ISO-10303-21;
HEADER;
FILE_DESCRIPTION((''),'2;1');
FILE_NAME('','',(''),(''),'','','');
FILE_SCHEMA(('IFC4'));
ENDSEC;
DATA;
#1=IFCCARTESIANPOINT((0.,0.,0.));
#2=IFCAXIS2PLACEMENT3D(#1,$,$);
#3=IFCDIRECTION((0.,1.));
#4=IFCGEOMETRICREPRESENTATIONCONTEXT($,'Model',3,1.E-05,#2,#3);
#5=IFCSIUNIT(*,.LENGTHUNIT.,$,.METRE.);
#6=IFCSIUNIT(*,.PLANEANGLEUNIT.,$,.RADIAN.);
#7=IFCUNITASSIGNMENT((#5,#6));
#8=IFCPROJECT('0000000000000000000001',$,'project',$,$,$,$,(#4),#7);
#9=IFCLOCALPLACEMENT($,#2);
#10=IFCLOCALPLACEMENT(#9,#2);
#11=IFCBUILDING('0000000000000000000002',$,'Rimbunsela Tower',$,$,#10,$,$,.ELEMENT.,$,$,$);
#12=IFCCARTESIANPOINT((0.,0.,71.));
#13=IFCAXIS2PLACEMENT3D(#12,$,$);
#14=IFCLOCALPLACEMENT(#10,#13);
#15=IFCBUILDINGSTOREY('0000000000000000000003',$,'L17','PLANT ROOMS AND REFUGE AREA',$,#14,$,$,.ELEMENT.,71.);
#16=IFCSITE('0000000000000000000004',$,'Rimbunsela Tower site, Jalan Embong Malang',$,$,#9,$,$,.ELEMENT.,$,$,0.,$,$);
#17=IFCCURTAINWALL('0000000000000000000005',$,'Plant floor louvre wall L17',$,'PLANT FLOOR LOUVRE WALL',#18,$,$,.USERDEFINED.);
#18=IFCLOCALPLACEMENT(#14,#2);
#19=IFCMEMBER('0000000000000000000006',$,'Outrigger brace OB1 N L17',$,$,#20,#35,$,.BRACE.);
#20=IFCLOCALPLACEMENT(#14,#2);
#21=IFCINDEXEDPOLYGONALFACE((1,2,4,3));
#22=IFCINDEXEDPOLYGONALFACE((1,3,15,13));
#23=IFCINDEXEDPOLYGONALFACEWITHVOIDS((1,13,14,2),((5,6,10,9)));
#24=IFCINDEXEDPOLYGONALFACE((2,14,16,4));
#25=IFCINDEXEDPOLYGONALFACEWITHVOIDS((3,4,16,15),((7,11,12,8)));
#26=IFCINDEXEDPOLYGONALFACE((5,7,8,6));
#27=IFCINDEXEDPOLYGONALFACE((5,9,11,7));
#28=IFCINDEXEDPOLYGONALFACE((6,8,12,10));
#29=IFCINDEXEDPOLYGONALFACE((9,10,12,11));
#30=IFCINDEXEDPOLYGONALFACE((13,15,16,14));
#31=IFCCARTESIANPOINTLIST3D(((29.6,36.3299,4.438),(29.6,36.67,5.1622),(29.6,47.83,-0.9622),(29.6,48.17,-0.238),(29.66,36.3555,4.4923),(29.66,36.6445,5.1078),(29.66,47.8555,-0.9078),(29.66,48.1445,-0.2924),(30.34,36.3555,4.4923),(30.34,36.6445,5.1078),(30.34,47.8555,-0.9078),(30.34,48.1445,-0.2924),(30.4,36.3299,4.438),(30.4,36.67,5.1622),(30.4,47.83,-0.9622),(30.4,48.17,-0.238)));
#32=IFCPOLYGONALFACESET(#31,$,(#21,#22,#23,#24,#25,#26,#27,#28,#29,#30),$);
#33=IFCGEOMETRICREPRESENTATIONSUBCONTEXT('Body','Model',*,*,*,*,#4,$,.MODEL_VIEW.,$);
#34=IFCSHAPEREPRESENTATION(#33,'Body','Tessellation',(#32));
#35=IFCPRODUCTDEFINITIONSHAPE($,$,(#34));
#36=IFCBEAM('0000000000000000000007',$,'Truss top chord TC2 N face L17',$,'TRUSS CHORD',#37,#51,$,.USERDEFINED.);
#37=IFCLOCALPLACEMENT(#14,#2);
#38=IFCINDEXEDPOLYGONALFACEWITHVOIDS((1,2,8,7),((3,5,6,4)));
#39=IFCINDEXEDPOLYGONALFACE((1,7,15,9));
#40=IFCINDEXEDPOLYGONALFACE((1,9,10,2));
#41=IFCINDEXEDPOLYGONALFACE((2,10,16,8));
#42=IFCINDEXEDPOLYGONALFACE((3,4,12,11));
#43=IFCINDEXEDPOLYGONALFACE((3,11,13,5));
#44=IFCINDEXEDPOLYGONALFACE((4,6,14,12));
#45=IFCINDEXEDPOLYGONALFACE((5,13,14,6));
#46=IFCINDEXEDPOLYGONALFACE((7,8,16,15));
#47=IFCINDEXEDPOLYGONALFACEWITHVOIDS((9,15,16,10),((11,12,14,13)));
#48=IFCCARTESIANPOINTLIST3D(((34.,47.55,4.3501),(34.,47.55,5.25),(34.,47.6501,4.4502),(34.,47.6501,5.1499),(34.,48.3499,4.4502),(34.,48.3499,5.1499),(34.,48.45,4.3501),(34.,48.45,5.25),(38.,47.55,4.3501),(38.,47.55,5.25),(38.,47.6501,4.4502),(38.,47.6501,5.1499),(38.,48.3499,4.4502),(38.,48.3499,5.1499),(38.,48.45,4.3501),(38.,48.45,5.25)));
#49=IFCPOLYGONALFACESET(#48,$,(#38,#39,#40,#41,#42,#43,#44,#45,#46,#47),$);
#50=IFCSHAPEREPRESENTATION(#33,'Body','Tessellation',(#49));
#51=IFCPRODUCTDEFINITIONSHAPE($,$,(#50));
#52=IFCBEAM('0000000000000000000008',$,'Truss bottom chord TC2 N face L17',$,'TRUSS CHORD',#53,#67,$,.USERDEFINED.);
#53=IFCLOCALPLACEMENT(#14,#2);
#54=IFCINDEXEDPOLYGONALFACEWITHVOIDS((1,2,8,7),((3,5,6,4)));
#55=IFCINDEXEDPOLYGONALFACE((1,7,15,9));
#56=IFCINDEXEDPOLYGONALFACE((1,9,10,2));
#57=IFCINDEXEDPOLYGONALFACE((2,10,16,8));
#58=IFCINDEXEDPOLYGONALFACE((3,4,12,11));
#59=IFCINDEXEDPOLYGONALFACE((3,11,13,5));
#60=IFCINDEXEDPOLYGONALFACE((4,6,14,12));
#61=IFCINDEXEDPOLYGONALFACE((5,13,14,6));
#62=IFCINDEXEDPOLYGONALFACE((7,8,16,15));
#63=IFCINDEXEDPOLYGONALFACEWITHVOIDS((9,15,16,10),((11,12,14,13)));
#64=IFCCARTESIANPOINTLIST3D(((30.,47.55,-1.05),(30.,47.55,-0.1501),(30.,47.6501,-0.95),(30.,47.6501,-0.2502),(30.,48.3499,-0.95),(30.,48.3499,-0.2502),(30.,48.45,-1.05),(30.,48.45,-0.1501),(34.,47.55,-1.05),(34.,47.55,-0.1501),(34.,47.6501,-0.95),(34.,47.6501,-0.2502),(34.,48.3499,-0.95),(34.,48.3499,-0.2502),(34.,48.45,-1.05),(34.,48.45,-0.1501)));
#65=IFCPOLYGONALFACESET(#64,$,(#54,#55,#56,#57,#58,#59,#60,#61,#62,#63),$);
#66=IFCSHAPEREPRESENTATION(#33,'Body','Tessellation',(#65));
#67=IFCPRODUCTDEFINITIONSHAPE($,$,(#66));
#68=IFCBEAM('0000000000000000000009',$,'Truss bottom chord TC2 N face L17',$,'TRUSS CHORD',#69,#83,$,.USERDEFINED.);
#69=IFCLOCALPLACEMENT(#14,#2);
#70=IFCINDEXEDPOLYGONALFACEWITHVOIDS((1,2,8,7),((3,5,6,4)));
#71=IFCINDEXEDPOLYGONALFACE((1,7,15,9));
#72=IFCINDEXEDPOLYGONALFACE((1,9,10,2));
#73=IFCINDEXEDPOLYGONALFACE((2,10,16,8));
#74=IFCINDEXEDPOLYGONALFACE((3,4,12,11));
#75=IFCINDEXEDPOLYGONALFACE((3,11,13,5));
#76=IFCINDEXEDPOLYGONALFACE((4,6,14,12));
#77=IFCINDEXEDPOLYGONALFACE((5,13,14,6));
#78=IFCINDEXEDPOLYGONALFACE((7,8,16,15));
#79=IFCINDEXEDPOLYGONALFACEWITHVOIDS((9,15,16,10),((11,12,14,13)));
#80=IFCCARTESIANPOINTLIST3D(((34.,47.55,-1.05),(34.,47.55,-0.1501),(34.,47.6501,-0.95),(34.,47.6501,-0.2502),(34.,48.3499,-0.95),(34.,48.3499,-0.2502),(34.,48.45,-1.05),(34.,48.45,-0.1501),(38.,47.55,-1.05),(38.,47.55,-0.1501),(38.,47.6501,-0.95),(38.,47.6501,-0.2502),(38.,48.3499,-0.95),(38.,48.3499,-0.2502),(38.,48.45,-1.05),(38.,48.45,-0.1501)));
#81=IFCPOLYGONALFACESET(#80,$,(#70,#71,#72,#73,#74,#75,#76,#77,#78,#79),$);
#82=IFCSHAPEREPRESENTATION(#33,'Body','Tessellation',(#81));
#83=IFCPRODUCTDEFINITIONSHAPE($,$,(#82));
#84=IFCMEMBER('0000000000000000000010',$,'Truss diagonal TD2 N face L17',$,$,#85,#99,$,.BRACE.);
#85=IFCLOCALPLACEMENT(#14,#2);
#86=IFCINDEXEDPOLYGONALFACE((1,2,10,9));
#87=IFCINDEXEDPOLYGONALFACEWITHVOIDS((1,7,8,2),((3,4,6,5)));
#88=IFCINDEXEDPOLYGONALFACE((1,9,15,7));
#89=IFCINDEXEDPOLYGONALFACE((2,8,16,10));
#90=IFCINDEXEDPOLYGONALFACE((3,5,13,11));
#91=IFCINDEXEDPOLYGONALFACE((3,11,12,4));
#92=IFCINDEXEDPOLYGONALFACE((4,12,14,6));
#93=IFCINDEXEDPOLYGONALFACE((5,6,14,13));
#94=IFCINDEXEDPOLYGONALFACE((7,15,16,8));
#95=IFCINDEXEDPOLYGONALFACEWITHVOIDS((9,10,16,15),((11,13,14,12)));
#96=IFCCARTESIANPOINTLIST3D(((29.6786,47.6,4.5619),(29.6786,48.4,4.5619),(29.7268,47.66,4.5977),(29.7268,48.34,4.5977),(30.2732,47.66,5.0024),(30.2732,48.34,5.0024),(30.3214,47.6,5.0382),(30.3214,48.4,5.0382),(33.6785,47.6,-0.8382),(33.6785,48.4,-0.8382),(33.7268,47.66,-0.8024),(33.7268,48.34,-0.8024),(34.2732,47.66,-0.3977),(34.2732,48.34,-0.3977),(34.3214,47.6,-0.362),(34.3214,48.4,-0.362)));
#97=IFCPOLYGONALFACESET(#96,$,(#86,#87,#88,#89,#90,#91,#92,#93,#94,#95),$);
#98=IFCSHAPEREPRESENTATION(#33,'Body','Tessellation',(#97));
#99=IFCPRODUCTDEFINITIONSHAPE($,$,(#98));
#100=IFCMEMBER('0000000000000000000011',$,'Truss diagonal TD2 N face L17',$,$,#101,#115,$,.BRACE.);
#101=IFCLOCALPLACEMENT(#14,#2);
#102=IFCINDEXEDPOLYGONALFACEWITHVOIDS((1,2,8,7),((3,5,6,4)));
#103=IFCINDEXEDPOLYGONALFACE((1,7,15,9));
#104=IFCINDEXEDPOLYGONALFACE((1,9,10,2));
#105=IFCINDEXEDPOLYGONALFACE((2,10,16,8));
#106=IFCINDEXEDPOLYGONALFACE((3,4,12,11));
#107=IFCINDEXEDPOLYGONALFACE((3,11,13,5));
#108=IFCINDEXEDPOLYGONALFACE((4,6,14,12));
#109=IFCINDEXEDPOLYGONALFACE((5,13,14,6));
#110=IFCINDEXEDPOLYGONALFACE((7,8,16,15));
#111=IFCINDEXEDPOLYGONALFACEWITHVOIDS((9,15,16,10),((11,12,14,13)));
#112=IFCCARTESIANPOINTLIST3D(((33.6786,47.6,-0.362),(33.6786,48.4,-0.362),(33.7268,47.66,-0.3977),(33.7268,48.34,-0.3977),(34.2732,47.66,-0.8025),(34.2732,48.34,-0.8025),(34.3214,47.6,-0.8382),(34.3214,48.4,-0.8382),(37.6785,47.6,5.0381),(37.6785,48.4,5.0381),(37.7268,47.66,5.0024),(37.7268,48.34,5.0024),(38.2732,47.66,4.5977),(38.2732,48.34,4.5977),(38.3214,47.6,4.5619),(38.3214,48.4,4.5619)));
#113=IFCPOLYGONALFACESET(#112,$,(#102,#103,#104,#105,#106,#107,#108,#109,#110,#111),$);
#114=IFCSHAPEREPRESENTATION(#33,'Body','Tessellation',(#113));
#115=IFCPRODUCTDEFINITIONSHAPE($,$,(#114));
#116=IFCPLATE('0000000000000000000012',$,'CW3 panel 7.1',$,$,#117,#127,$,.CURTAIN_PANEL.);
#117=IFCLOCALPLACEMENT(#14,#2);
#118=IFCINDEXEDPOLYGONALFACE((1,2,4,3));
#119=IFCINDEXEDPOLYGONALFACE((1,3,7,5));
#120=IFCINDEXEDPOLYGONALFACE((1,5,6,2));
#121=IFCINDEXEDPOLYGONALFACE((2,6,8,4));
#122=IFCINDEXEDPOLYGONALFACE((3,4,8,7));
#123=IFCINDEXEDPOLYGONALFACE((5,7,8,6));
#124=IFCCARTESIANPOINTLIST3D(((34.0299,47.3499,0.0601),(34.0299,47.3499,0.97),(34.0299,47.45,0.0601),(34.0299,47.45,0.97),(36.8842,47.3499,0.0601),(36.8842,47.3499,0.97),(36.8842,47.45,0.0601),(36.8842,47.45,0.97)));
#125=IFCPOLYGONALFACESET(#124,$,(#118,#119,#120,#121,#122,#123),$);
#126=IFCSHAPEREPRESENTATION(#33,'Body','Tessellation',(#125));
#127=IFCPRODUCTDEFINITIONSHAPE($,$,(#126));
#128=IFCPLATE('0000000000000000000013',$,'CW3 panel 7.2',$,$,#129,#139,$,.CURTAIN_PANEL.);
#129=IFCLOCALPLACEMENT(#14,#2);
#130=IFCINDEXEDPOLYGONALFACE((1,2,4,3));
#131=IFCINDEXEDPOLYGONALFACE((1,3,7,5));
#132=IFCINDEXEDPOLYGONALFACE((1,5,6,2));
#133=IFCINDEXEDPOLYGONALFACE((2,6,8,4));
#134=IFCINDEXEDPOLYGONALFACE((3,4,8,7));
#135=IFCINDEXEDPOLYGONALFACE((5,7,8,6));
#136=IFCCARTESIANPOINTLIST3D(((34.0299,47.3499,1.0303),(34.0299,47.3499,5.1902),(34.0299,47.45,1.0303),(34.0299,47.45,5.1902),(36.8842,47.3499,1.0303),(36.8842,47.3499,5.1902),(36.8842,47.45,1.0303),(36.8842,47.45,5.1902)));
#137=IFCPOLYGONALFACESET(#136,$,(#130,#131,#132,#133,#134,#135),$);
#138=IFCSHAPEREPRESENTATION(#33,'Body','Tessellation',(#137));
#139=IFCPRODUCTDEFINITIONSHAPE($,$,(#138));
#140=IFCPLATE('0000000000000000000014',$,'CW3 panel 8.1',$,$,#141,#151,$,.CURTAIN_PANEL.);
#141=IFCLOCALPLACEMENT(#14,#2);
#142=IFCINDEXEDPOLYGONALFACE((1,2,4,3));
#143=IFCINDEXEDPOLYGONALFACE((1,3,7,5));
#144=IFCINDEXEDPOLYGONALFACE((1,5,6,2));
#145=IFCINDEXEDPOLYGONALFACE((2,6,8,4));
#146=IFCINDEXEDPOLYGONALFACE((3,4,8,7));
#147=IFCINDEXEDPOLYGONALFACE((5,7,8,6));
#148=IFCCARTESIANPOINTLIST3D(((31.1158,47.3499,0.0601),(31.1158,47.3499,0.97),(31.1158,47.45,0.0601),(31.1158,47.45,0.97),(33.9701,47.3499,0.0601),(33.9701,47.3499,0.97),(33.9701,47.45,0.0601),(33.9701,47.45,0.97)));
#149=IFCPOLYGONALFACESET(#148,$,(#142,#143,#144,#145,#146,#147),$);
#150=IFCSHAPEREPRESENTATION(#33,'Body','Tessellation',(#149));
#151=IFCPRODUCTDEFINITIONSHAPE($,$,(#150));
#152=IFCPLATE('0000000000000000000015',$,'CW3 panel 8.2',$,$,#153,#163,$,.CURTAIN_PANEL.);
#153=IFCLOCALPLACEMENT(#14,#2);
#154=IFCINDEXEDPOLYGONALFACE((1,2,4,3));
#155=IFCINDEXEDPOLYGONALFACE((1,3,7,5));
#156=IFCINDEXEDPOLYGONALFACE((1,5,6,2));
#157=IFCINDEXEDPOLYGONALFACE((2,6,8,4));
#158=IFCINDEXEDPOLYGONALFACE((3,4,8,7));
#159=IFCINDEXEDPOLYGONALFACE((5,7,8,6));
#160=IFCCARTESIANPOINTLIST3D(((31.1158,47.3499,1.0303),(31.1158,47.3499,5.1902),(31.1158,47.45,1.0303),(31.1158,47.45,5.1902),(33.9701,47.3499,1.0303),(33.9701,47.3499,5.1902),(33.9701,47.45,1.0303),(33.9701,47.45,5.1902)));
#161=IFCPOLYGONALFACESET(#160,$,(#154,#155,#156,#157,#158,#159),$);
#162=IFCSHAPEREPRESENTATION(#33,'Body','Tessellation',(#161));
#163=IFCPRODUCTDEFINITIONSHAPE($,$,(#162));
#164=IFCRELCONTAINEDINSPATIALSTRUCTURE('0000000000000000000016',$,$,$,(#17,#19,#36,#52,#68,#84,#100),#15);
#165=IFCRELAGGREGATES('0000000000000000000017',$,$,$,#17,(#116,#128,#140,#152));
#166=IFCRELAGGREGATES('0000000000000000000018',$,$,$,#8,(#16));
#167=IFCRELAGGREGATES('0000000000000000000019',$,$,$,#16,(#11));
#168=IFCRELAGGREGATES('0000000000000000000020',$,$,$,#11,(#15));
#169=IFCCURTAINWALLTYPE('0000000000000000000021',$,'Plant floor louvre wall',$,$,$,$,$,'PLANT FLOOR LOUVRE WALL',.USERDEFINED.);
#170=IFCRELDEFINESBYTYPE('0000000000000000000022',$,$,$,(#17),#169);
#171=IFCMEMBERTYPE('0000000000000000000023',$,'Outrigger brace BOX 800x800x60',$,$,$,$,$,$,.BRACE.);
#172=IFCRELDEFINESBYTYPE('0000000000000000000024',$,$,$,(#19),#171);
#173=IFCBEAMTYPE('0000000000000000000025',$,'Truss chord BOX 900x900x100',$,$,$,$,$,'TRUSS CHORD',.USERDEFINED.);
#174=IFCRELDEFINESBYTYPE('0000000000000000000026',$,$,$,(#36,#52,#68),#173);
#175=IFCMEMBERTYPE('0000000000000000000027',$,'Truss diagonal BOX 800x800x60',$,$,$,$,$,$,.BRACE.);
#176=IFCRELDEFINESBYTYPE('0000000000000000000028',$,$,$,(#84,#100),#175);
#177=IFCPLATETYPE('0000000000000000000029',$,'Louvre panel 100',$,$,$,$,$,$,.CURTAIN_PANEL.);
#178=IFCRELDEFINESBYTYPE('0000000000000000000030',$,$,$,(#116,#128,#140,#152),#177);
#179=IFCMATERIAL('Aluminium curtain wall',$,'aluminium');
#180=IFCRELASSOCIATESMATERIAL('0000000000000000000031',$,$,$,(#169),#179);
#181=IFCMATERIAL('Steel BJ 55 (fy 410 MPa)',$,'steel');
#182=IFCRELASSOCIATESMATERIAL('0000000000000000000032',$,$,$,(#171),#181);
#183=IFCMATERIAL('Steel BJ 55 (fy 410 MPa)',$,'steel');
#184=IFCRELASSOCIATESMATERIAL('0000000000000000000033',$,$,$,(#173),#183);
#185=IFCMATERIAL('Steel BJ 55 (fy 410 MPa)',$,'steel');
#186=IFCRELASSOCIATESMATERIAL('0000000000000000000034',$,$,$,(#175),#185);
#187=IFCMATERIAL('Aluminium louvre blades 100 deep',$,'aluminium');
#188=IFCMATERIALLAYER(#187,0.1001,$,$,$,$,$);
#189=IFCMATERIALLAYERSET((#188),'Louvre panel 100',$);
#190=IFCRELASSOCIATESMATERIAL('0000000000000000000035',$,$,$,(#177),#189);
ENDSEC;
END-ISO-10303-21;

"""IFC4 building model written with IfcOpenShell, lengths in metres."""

from ifc_helpers import new_model, si_unit, direction, frame, origin, origin_2d, place, context, subcontext, project, spatial, rectangle, hollow_rectangle, extrude, material, layer, layer_set, material_profile, profile_set, type_object, element, aggregate, save


model = new_model("IFC4")

# Units and contexts
model_context = context("Model", 3, precision=1e-05, world=origin(), true_north=direction((0.0, 1.0)))
body_context = subcontext(model_context, "Body", "Model", "MODEL_VIEW")
ifc_project = project(units=[si_unit("LENGTHUNIT", "METRE"), si_unit("PLANEANGLEUNIT", "RADIAN")], contexts=[model_context])

# Site, building, storey
site_placement = place(None, origin())
site = spatial("IfcSite", under=ifc_project, at=site_placement, Name="Rimbunsela Tower site, Jalan Embong Malang", CompositionType="ELEMENT", RefElevation=0.0)
building_placement = place(site_placement, origin())
building = spatial("IfcBuilding", under=site, at=building_placement, Name="Rimbunsela Tower", CompositionType="ELEMENT")
storey_placement = place(building_placement, frame((0.0, 0.0, 71.0)))
storey = spatial("IfcBuildingStorey", under=building, at=storey_placement, Name="L17", Description="PLANT ROOMS AND REFUGE AREA", CompositionType="ELEMENT", Elevation=71.0)

# Curtain wall
ifc_material_1 = material(Name="Aluminium curtain wall", Category="aluminium")
curtain_wall_type = type_object("IfcCurtainWallType", Name="Plant floor louvre wall", ElementType="PLANT FLOOR LOUVRE WALL", PredefinedType="USERDEFINED", material=ifc_material_1)
curtain_wall_placement = place(storey_placement, origin())
curtain_wall = element("IfcCurtainWall", 1, at=curtain_wall_placement, inside=storey, type_object=curtain_wall_type, Name="Plant floor louvre wall L17", ObjectType="PLANT FLOOR LOUVRE WALL", PredefinedType="USERDEFINED")

# Member
ifc_material_2 = material(Name="Steel BJ 55 (fy 410 MPa)", Category="steel")
ifc_material_profile_1 = material_profile(ifc_material_2, hollow_rectangle(XDim=0.8, YDim=0.8, WallThickness=0.0601, at=origin_2d()), Name="BOX 800x800x60")
ifc_profile_set_1 = profile_set([ifc_material_profile_1], Name="Steel BJ 55 (fy 410 MPa)")
member_type_1 = type_object("IfcMemberType", Name="Outrigger brace BOX 800x800x60", PredefinedType="BRACE", material=ifc_profile_set_1)
member_1_placement = place(storey_placement, frame((30.0, 48.0, -0.6001), z_axis=(0.0, -0.905171, 0.425048), x_axis=(1.0, 0.0, 0.0)))
element("IfcMember", 2, at=member_1_placement, inside=storey, type_object=member_type_1, Name="Outrigger brace OB1 N L17", PredefinedType="BRACE", context=body_context, shape_type="SweptSolid", body=[
    extrude(hollow_rectangle(XDim=0.8, YDim=0.8, WallThickness=0.0601, at=origin_2d()), origin(), (0.0, 0.0, 1.0), 12.7048),
])

# Beams
ifc_material_3 = material(Name="Steel BJ 55 (fy 410 MPa)", Category="steel")
ifc_material_profile_2 = material_profile(ifc_material_3, hollow_rectangle(XDim=0.8999, YDim=0.8999, WallThickness=0.1001, at=origin_2d()), Name="BOX 900x900x100")
ifc_profile_set_2 = profile_set([ifc_material_profile_2], Name="Steel BJ 55 (fy 410 MPa)")
beam_type = type_object("IfcBeamType", Name="Truss chord BOX 900x900x100", ElementType="TRUSS CHORD", PredefinedType="USERDEFINED", material=ifc_profile_set_2)
for number, where, z_axis, x_axis, name in (
    (3, (34.0, 48.0, 4.8), (1.0, 0.0, 0.0), (0.0, 1.0, 0.0), "Truss top chord TC2 N face L17"),
    (4, (30.0, 48.0, -0.6001), (1.0, 0.0, 0.0), (0.0, 1.0, 0.0), "Truss bottom chord TC2 N face L17"),
    (5, (34.0, 48.0, -0.6001), (1.0, 0.0, 0.0), (0.0, 1.0, 0.0), "Truss bottom chord TC2 N face L17"),
):
    element("IfcBeam", number, at=place(storey_placement, frame(where, z_axis=z_axis, x_axis=x_axis)), inside=storey, type_object=beam_type, Name=name, ObjectType="TRUSS CHORD", PredefinedType="USERDEFINED", context=body_context, shape_type="SweptSolid", body=[
        extrude(hollow_rectangle(XDim=0.8999, YDim=0.8999, WallThickness=0.1001, at=origin_2d()), origin(), (0.0, 0.0, 1.0), 4.0),
    ])

# Members
ifc_material_4 = material(Name="Steel BJ 55 (fy 410 MPa)", Category="steel")
ifc_material_profile_3 = material_profile(ifc_material_4, hollow_rectangle(XDim=0.8, YDim=0.8, WallThickness=0.0601, at=origin_2d()), Name="BOX 800x800x60")
ifc_profile_set_3 = profile_set([ifc_material_profile_3], Name="Steel BJ 55 (fy 410 MPa)")
member_type_2 = type_object("IfcMemberType", Name="Truss diagonal BOX 800x800x60", PredefinedType="BRACE", material=ifc_profile_set_3)
for number, where, z_axis, x_axis, name in (
    (6, (30.0, 48.0, 4.8), (0.595217, 0.0, -0.803565), (0.0, 1.0, 0.0), "Truss diagonal TD2 N face L17"),
    (7, (34.0, 48.0, -0.6001), (0.595217, 0.0, 0.803565), (0.0, 1.0, 0.0), "Truss diagonal TD2 N face L17"),
):
    element("IfcMember", number, at=place(storey_placement, frame(where, z_axis=z_axis, x_axis=x_axis)), inside=storey, type_object=member_type_2, Name=name, PredefinedType="BRACE", context=body_context, shape_type="SweptSolid", body=[
        extrude(hollow_rectangle(XDim=0.8, YDim=0.8, WallThickness=0.0601, at=origin_2d()), origin(), (0.0, 0.0, 1.0), 6.7202),
    ])

# Plates
ifc_material_5 = material(Name="Aluminium louvre blades 100 deep", Category="aluminium")
ifc_layer = layer(ifc_material_5, 0.1001)
ifc_layer_set = layer_set([ifc_layer], Name="Louvre panel 100")
plate_type = type_object("IfcPlateType", Name="Louvre panel 100", PredefinedType="CURTAIN_PANEL", material=ifc_layer_set)
plate_1_placement = place(storey_placement, frame((35.457, 47.3999, 0.0601), z_axis=(0.0, 0.0, 1.0), x_axis=(-1.0, 0.0, 0.0)))
plate_1 = element("IfcPlate", 8, at=plate_1_placement, type_object=plate_type, Name="CW3 panel 7.1", PredefinedType="CURTAIN_PANEL", context=body_context, shape_type="SweptSolid", body=[
    extrude(rectangle(XDim=2.8542, YDim=0.1001, at=origin_2d()), origin(), (0.0, 0.0, 1.0), 0.9099),
])
plate_2_placement = place(storey_placement, frame((35.457, 47.3999, 1.0303), z_axis=(0.0, 0.0, 1.0), x_axis=(-1.0, 0.0, 0.0)))
plate_2 = element("IfcPlate", 9, at=plate_2_placement, type_object=plate_type, Name="CW3 panel 7.2", PredefinedType="CURTAIN_PANEL", context=body_context, shape_type="SweptSolid", body=[
    extrude(rectangle(XDim=2.8542, YDim=0.1001, at=origin_2d()), origin(), (0.0, 0.0, 1.0), 4.1599),
])
plate_3_placement = place(storey_placement, frame((32.543, 47.3999, 0.0601), z_axis=(0.0, 0.0, 1.0), x_axis=(-1.0, 0.0, 0.0)))
plate_3 = element("IfcPlate", 10, at=plate_3_placement, type_object=plate_type, Name="CW3 panel 8.1", PredefinedType="CURTAIN_PANEL", context=body_context, shape_type="SweptSolid", body=[
    extrude(rectangle(XDim=2.8542, YDim=0.1001, at=origin_2d()), origin(), (0.0, 0.0, 1.0), 0.9099),
])
plate_4_placement = place(storey_placement, frame((32.543, 47.3999, 1.0303), z_axis=(0.0, 0.0, 1.0), x_axis=(-1.0, 0.0, 0.0)))
plate_4 = element("IfcPlate", 11, at=plate_4_placement, type_object=plate_type, Name="CW3 panel 8.2", PredefinedType="CURTAIN_PANEL", context=body_context, shape_type="SweptSolid", body=[
    extrude(rectangle(XDim=2.8542, YDim=0.1001, at=origin_2d()), origin(), (0.0, 0.0, 1.0), 4.1599),
])
aggregate(curtain_wall, [plate_1, plate_2, plate_3, plate_4])

save(model, "model.ifc")
